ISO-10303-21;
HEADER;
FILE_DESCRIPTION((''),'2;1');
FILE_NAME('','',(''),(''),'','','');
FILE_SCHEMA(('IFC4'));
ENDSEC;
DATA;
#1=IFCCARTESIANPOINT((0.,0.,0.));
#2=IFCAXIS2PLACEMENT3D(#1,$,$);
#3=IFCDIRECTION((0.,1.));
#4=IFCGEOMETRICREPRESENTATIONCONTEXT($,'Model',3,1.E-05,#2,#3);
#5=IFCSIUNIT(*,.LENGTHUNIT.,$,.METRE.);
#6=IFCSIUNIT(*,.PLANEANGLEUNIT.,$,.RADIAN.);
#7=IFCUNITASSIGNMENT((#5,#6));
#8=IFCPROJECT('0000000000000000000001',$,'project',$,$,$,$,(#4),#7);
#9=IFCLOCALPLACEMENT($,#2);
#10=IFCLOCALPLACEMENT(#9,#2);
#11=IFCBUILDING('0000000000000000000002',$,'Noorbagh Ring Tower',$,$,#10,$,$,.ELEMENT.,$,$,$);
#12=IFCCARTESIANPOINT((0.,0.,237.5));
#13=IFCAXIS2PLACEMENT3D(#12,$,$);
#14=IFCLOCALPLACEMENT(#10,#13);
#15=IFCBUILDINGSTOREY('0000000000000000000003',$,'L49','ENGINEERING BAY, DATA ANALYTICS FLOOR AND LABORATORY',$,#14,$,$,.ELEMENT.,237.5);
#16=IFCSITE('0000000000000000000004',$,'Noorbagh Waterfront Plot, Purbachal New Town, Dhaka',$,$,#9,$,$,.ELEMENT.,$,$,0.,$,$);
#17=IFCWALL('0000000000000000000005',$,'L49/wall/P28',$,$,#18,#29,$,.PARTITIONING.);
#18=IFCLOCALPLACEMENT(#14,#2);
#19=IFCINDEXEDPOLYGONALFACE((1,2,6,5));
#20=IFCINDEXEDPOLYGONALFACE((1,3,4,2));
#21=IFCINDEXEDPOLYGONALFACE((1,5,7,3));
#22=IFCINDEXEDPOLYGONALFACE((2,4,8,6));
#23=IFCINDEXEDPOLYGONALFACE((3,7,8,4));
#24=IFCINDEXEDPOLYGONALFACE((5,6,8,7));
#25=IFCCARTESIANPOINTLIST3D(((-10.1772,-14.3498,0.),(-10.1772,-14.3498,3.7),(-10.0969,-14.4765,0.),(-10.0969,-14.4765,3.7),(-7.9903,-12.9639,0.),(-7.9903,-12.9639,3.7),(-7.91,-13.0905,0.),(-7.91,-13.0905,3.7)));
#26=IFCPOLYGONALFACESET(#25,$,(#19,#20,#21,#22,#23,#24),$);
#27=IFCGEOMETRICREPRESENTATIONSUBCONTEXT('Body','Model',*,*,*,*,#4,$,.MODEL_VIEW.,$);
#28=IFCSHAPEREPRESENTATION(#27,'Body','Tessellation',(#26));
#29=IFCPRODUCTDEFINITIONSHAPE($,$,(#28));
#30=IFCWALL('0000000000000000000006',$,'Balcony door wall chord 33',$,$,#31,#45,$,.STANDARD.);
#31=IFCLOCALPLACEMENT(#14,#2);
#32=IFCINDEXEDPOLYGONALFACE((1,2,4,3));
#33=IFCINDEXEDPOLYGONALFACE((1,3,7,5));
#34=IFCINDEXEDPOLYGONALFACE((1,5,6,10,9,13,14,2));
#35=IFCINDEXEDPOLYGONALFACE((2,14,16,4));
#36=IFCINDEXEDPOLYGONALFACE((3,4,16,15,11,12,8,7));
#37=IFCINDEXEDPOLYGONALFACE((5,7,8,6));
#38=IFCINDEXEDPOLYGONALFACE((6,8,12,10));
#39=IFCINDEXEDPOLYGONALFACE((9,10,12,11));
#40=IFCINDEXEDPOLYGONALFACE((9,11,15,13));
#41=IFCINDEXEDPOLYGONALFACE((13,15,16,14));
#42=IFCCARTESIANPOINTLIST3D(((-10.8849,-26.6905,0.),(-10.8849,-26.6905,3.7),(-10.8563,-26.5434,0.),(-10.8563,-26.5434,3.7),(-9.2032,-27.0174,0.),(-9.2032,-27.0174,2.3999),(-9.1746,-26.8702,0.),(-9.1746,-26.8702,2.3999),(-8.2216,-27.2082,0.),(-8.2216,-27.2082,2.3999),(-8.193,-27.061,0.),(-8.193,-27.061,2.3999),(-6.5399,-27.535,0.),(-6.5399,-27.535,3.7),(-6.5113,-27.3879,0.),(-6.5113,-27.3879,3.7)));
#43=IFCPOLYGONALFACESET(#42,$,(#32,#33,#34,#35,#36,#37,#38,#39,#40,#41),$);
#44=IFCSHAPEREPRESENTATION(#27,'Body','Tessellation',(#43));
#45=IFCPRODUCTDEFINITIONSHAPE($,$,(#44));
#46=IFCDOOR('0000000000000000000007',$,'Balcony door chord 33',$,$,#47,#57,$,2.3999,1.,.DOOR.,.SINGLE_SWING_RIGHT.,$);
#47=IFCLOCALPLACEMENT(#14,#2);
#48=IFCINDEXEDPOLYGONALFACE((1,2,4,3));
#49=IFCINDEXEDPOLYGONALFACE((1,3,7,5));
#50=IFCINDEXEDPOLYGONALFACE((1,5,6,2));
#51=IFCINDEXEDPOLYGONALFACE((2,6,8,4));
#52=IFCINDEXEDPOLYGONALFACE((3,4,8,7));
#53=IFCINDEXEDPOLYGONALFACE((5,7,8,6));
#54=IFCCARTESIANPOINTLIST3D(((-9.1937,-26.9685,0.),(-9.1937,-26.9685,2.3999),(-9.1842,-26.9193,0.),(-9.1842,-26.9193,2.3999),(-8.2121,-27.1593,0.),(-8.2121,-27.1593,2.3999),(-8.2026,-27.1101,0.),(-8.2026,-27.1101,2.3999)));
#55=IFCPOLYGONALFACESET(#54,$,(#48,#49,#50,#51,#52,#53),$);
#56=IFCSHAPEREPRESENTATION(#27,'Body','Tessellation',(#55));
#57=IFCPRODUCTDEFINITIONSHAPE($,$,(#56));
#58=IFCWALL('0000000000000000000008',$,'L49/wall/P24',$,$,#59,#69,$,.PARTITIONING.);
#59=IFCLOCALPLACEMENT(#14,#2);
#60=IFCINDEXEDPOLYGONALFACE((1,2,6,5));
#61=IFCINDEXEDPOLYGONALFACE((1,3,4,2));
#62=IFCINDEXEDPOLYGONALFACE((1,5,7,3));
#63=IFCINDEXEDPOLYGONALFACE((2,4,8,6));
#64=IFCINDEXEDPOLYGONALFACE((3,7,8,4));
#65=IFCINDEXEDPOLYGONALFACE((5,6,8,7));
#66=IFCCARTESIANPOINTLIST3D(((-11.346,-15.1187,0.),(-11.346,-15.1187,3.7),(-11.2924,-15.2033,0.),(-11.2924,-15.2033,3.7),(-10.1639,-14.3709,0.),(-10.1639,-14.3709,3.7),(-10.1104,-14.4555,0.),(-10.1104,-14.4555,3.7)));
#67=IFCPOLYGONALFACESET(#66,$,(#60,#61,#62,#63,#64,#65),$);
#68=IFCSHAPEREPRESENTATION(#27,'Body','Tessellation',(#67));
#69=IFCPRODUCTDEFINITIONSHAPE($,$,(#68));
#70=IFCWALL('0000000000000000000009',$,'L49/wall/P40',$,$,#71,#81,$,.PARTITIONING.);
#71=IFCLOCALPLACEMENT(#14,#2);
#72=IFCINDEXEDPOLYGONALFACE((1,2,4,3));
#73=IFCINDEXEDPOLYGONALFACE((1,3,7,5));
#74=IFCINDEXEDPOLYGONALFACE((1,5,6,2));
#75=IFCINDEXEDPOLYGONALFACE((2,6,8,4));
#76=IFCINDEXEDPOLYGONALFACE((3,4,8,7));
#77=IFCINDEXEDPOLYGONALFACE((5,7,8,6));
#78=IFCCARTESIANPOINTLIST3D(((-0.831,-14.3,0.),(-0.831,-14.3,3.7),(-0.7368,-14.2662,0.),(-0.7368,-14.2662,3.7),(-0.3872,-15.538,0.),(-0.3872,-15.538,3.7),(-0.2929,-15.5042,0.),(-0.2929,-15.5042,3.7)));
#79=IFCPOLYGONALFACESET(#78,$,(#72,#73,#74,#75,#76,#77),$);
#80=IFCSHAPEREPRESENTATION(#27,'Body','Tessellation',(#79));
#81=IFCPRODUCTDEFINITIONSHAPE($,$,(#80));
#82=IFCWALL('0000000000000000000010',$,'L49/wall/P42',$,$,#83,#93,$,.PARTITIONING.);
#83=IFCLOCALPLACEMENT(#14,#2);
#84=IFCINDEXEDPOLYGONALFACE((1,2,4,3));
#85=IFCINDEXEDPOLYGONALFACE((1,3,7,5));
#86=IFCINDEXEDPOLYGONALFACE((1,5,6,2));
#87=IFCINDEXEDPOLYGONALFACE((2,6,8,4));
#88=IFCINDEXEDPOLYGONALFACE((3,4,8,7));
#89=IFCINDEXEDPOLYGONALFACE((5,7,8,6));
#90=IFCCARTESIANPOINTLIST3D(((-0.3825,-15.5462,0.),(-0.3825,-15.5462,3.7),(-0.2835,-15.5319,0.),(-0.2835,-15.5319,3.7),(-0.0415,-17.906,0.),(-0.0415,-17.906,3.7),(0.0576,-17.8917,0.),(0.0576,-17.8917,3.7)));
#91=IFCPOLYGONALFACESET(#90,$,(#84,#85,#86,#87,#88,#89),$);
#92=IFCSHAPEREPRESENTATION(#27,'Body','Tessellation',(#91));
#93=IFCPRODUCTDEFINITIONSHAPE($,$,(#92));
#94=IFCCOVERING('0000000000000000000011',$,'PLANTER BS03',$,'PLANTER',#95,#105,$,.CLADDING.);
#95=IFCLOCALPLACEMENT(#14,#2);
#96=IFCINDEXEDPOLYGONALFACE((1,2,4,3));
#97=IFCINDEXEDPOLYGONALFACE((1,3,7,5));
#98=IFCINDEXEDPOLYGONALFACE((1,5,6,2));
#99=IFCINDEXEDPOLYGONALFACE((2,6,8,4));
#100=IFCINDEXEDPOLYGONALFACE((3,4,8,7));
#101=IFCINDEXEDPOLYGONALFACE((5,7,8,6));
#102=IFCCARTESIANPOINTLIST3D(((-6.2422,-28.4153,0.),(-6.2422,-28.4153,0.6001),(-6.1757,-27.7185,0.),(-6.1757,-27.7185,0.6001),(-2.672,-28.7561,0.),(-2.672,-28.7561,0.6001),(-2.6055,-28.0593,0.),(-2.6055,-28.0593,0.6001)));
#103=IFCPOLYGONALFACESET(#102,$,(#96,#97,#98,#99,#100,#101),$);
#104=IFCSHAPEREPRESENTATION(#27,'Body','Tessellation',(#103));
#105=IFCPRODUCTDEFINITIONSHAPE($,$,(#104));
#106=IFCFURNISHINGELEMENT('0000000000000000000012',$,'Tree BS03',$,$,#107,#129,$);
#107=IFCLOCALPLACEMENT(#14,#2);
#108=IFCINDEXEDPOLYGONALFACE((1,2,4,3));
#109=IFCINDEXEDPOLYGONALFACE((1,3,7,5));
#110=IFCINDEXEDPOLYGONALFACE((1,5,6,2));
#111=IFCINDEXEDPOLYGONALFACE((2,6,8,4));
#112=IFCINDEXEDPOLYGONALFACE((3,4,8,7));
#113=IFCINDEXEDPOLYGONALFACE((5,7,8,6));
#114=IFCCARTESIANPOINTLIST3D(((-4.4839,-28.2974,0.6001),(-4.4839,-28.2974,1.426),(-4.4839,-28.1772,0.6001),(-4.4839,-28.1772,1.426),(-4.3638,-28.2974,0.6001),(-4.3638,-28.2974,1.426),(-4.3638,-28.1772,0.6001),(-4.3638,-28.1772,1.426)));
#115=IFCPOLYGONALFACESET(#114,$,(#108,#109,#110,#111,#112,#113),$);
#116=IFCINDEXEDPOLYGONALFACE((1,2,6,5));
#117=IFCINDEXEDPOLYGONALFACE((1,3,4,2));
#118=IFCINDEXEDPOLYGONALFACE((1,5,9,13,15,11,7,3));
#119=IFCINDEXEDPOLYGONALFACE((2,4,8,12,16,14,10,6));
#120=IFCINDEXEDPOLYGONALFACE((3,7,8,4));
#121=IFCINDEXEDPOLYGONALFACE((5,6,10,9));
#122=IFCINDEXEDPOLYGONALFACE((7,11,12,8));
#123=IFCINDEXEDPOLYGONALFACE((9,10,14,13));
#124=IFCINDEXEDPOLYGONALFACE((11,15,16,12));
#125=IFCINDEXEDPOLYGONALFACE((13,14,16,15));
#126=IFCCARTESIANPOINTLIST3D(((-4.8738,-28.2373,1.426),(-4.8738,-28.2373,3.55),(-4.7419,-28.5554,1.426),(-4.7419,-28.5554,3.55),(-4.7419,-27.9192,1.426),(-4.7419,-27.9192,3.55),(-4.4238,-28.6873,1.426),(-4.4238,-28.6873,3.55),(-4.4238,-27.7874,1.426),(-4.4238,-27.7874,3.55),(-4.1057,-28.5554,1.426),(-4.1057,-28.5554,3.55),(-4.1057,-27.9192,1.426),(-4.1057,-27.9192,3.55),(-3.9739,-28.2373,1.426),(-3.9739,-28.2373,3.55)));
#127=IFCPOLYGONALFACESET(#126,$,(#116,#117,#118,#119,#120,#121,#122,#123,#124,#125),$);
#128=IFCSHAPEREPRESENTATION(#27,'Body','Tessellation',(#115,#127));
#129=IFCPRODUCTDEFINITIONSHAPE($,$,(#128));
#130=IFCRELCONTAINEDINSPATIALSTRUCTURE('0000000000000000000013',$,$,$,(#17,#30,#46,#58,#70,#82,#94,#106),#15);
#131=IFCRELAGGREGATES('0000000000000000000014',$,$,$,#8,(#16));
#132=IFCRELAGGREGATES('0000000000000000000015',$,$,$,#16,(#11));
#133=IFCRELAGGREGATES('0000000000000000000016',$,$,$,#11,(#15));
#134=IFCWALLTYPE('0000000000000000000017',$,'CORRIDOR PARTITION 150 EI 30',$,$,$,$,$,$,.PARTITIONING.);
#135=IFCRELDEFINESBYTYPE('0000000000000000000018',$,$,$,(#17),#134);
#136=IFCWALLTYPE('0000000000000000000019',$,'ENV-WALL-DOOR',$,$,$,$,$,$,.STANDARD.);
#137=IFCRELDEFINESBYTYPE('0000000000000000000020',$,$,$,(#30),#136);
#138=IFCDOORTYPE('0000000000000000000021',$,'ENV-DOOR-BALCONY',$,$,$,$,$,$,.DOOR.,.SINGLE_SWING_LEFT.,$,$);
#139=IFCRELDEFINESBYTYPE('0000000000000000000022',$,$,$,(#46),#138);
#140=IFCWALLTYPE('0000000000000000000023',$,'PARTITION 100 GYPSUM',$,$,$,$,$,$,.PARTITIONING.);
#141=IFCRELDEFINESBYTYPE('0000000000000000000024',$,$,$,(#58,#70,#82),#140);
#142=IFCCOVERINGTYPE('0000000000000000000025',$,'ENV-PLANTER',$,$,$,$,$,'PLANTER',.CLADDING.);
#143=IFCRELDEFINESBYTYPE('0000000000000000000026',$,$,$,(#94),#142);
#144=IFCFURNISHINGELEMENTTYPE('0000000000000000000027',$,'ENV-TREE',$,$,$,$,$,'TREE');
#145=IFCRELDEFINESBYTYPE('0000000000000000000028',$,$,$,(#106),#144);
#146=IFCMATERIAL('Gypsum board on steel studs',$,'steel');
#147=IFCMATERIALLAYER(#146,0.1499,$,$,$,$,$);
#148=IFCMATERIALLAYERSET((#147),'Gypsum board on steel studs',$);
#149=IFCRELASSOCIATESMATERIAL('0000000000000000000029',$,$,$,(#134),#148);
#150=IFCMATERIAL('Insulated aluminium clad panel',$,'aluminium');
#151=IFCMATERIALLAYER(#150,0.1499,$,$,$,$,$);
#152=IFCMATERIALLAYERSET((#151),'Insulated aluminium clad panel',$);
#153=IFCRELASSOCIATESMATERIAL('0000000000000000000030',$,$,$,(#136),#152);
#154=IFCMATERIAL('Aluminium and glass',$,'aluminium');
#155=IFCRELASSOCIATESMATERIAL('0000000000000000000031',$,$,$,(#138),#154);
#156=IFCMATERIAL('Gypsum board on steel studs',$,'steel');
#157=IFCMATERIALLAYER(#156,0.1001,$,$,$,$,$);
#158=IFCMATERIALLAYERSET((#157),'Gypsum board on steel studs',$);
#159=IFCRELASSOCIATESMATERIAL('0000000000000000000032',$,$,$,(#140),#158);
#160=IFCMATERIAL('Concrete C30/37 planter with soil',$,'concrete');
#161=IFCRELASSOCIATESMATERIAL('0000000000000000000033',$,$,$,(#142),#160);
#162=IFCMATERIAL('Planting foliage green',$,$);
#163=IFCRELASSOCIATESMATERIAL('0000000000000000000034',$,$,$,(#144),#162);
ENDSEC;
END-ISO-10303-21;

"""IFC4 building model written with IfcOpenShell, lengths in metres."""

from ifc_helpers import new_model, si_unit, direction, frame, frame_2d, origin, origin_2d, place, context, subcontext, project, spatial, polyline, rectangle, outline, extrude, material, layer, layer_set, type_object, element, fill, save


model = new_model("IFC4")

# Units and contexts
model_context = context("Model", 3, precision=1e-05, world=origin(), true_north=direction((0.0, 1.0)))
body_context = subcontext(model_context, "Body", "Model", "MODEL_VIEW")
ifc_project = project(units=[si_unit("LENGTHUNIT", "METRE"), si_unit("PLANEANGLEUNIT", "RADIAN")], contexts=[model_context])

# Site, building, storey
site_placement = place(None, origin())
site = spatial("IfcSite", under=ifc_project, at=site_placement, Name="Noorbagh Waterfront Plot, Purbachal New Town, Dhaka", CompositionType="ELEMENT", RefElevation=0.0)
building_placement = place(site_placement, origin())
building = spatial("IfcBuilding", under=site, at=building_placement, Name="Noorbagh Ring Tower", CompositionType="ELEMENT")
storey_placement = place(building_placement, frame((0.0, 0.0, 237.5)))
storey = spatial("IfcBuildingStorey", under=building, at=storey_placement, Name="L49", Description="ENGINEERING BAY, DATA ANALYTICS FLOOR AND LABORATORY", CompositionType="ELEMENT", Elevation=237.5)

# Wall
ifc_material_1 = material(Name="Gypsum board on steel studs", Category="steel")
ifc_layer_1 = layer(ifc_material_1, 0.1499)
ifc_layer_set_1 = layer_set([ifc_layer_1], Name="Gypsum board on steel studs")
wall_type_1 = type_object("IfcWallType", Name="CORRIDOR PARTITION 150 EI 30", PredefinedType="PARTITIONING", material=ifc_layer_set_1)
wall_1_placement = place(storey_placement, frame((-10.137, -14.4131, 0.0), z_axis=(0.0, 0.0, 1.0), x_axis=(0.844666, 0.535294, 0.0)))
element("IfcWall", 1, at=wall_1_placement, inside=storey, type_object=wall_type_1, Name="L49/wall/P28", PredefinedType="PARTITIONING", context=body_context, shape_type="SweptSolid", body=[
    extrude(rectangle(XDim=2.5891, YDim=0.1499, at=frame_2d((1.2944, 0.0))), origin(), (0.0, 0.0, 1.0), 3.7),
])

# Wall, opening, door
ifc_material_2 = material(Name="Insulated aluminium clad panel", Category="aluminium")
ifc_layer_2 = layer(ifc_material_2, 0.1499)
ifc_layer_set_2 = layer_set([ifc_layer_2], Name="Insulated aluminium clad panel")
wall_type_2 = type_object("IfcWallType", Name="ENV-WALL-DOOR", PredefinedType="STANDARD", material=ifc_layer_set_2)
wall_2_placement = place(storey_placement, frame((-10.8706, -26.6169, 0.0), z_axis=(0.0, 0.0, 1.0), x_axis=(0.981631, -0.190788, 0.0)))
wall_2 = element("IfcWall", 2, at=wall_2_placement, inside=storey, type_object=wall_type_2, Name="Balcony door wall chord 33", PredefinedType="STANDARD", context=body_context, shape_type="SweptSolid", body=[
    extrude(rectangle(XDim=4.4263, YDim=0.1499, at=frame_2d((2.2131, 0.0))), origin(), (0.0, 0.0, 1.0), 3.7),
])
opening_placement = place(wall_2_placement, frame((1.7131, 0.0, 0.0)))
opening = element("IfcOpeningElement", 3, at=opening_placement, cuts=wall_2, PredefinedType="OPENING", context=body_context, shape_type="SweptSolid", body=[
    extrude(rectangle(XDim=1.0, YDim=2.3999, at=frame_2d((0.5, 1.2))), frame((0.0, 0.085, 0.0), z_axis=(0.0, -1.0, 0.0), x_axis=(1.0, 0.0, 0.0)), (0.0, 0.0, 1.0), 0.1699),
])
ifc_material_3 = material(Name="Aluminium and glass", Category="aluminium")
door_type = type_object("IfcDoorType", Name="ENV-DOOR-BALCONY", OperationType="SINGLE_SWING_LEFT", PredefinedType="DOOR", material=ifc_material_3)
door_placement = place(opening_placement, origin())
door = element("IfcDoor", 4, at=door_placement, inside=storey, type_object=door_type, Name="Balcony door chord 33", OperationType="SINGLE_SWING_RIGHT", OverallHeight=2.3999, OverallWidth=1.0, PredefinedType="DOOR", context=body_context, shape_type="SweptSolid", body=[
    extrude(rectangle(XDim=1.0, YDim=2.3999, at=frame_2d((0.5, 1.2))), frame((0.0, 0.0249, 0.0), z_axis=(0.0, -1.0, 0.0), x_axis=(1.0, 0.0, 0.0)), (0.0, 0.0, 1.0), 0.05),
])
fill(opening, door)

# Walls
ifc_material_4 = material(Name="Gypsum board on steel studs", Category="steel")
ifc_layer_3 = layer(ifc_material_4, 0.1001)
ifc_layer_set_3 = layer_set([ifc_layer_3], Name="Gypsum board on steel studs")
wall_type_3 = type_object("IfcWallType", Name="PARTITION 100 GYPSUM", PredefinedType="PARTITIONING", material=ifc_layer_set_3)
wall_3_placement = place(storey_placement, frame((-11.3191, -15.1609, 0.0), z_axis=(0.0, 0.0, 1.0), x_axis=(0.845103, 0.534604, 0.0)))
element("IfcWall", 5, at=wall_3_placement, inside=storey, type_object=wall_type_3, Name="L49/wall/P24", PredefinedType="PARTITIONING", context=body_context, shape_type="SweptSolid", body=[
    extrude(rectangle(XDim=1.3987, YDim=0.1001, at=frame_2d((0.6992, 0.0))), origin(), (0.0, 0.0, 1.0), 3.7),
])
wall_4_placement = place(storey_placement, frame((-0.7839, -14.283, 0.0), z_axis=(0.0, 0.0, 1.0), x_axis=(0.337477, -0.941334, 0.0)))
element("IfcWall", 6, at=wall_4_placement, inside=storey, type_object=wall_type_3, Name="L49/wall/P40", PredefinedType="PARTITIONING", context=body_context, shape_type="SweptSolid", body=[
    extrude(rectangle(XDim=1.3152, YDim=0.1001, at=frame_2d((0.6577, 0.0))), origin(), (0.0, 0.0, 1.0), 3.7),
])
wall_5_placement = place(storey_placement, frame((-0.333, -15.5391, 0.0), z_axis=(0.0, 0.0, 1.0), x_axis=(0.143041, -0.989717, 0.0)))
element("IfcWall", 7, at=wall_5_placement, inside=storey, type_object=wall_type_3, Name="L49/wall/P42", PredefinedType="PARTITIONING", context=body_context, shape_type="SweptSolid", body=[
    extrude(rectangle(XDim=2.3843, YDim=0.1001, at=frame_2d((1.1921, 0.0))), origin(), (0.0, 0.0, 1.0), 3.7),
])

# Covering
ifc_material_5 = material(Name="Concrete C30/37 planter with soil", Category="concrete")
covering_type = type_object("IfcCoveringType", Name="ENV-PLANTER", ElementType="PLANTER", PredefinedType="CLADDING", material=ifc_material_5)
covering_placement = place(storey_placement, frame((-4.4238, -28.2373, 0.0), z_axis=(0.0, 0.0, 1.0), x_axis=(0.995476, -0.095008, 0.0)))
element("IfcCovering", 8, at=covering_placement, inside=storey, type_object=covering_type, Name="PLANTER BS03", ObjectType="PLANTER", PredefinedType="CLADDING", context=body_context, shape_type="SweptSolid", body=[
    extrude(rectangle(XDim=3.5864, YDim=0.7, at=origin_2d()), origin(), (0.0, 0.0, 1.0), 0.6001),
])

# Furnishing element
ifc_material_6 = material(Name="Planting foliage green")
furnishing_element_type = type_object("IfcFurnishingElementType", Name="ENV-TREE", ElementType="TREE", material=ifc_material_6)
furnishing_placement = place(storey_placement, frame((-4.4238, -28.2373, 0.6001), z_axis=(0.0, 0.0, 1.0), x_axis=(1.0, 0.0, 0.0)))
element("IfcFurnishingElement", 9, at=furnishing_placement, inside=storey, type_object=furnishing_element_type, Name="Tree BS03", context=body_context, shape_type="SweptSolid", body=[
    extrude(rectangle(XDim=0.1201, YDim=0.1201, at=origin_2d()), origin(), (0.0, 0.0, 1.0), 0.8259),
    extrude(outline(polyline([(0.45, 0.0), (0.3181, 0.3181), (0.0, 0.45), (-0.3181, 0.3181), (-0.45, 0.0), (-0.3181, -0.3181), (0.0, -0.45), (0.3181, -0.3181), (0.45, 0.0)])), frame((0.0, 0.0, 0.8259)), (0.0, 0.0, 1.0), 2.124),
])

save(model, "model.ifc")
